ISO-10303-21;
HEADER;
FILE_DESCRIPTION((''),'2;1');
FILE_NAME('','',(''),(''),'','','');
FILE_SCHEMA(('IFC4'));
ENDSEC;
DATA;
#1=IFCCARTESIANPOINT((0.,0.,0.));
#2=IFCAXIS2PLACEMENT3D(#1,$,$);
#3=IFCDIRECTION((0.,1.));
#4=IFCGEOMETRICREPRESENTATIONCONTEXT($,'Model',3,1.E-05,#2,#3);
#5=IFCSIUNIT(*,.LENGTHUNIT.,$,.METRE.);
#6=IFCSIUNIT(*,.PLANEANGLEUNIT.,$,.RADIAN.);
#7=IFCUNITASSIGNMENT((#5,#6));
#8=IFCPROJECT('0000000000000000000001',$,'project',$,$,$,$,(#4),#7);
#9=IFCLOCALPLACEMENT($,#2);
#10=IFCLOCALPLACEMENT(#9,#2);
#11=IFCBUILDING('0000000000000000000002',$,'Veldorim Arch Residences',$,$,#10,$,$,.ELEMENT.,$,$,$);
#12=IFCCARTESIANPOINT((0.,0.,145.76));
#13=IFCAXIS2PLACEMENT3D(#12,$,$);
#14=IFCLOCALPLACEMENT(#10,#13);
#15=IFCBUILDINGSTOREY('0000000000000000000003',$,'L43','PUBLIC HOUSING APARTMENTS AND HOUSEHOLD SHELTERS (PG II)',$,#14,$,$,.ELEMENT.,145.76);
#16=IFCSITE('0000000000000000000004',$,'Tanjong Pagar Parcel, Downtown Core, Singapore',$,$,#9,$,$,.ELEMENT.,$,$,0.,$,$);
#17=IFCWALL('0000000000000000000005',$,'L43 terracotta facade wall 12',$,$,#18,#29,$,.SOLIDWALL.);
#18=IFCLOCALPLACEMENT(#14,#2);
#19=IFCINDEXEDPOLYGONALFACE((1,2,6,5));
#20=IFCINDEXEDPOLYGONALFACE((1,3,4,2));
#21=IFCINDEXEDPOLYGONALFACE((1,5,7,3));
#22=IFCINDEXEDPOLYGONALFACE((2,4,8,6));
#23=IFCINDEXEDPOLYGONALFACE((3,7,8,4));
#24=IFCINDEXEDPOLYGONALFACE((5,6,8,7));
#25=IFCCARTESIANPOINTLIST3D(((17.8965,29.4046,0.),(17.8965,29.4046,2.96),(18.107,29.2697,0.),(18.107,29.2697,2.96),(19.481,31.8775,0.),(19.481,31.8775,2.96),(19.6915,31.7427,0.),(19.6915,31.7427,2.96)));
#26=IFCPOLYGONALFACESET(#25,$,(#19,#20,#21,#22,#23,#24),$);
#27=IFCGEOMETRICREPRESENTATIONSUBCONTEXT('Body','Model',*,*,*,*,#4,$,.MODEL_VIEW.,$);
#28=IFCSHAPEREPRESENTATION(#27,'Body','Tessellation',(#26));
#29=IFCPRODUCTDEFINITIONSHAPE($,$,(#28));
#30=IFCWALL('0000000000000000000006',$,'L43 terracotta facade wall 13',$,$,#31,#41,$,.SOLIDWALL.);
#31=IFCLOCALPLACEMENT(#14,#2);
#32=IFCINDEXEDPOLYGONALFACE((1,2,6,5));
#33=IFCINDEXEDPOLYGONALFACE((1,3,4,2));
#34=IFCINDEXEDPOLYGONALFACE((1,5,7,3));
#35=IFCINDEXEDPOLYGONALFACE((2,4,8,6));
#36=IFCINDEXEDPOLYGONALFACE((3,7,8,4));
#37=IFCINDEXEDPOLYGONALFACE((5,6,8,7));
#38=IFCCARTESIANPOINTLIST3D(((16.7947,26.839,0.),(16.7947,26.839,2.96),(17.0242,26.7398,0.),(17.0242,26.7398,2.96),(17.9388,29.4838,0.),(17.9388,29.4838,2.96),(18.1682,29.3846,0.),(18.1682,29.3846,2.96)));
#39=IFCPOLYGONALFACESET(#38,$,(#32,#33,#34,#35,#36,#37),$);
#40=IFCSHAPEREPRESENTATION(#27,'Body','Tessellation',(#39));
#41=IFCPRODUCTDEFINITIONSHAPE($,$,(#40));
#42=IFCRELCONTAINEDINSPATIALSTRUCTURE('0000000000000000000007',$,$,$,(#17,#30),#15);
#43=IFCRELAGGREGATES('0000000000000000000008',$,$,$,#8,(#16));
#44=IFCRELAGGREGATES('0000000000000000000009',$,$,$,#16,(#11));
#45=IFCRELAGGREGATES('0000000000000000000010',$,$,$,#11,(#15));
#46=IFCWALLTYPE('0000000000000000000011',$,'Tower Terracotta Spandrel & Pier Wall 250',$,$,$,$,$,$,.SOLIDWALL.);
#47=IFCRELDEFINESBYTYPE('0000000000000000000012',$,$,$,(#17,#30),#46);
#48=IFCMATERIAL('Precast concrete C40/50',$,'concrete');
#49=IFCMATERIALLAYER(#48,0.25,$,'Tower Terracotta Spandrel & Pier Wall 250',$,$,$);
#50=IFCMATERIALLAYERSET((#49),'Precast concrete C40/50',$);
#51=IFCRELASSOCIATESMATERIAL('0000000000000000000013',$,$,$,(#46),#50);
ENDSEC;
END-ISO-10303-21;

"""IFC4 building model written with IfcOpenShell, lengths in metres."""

from ifc_helpers import new_model, si_unit, direction, frame, frame_2d, origin, place, context, subcontext, project, spatial, rectangle, extrude, material, layer, layer_set, type_object, element, save


model = new_model("IFC4")

# Units and contexts
model_context = context("Model", 3, precision=1e-05, world=origin(), true_north=direction((0.0, 1.0)))
body_context = subcontext(model_context, "Body", "Model", "MODEL_VIEW")
ifc_project = project(units=[si_unit("LENGTHUNIT", "METRE"), si_unit("PLANEANGLEUNIT", "RADIAN")], contexts=[model_context])

# Site, building, storey
site_placement = place(None, origin())
site = spatial("IfcSite", under=ifc_project, at=site_placement, Name="Tanjong Pagar Parcel, Downtown Core, Singapore", CompositionType="ELEMENT", RefElevation=0.0)
building_placement = place(site_placement, origin())
building = spatial("IfcBuilding", under=site, at=building_placement, Name="Veldorim Arch Residences", CompositionType="ELEMENT")
storey_placement = place(building_placement, frame((0.0, 0.0, 145.76)))
storey = spatial("IfcBuildingStorey", under=building, at=storey_placement, Name="L43", Description="PUBLIC HOUSING APARTMENTS AND HOUSEHOLD SHELTERS (PG II)", CompositionType="ELEMENT", Elevation=145.76)

# Walls
ifc_material_1 = material(Name="Precast concrete C40/50", Category="concrete")
ifc_layer_1 = layer(ifc_material_1, 0.25, Name="Tower Terracotta Spandrel & Pier Wall 250")
ifc_layer_set_1 = layer_set([ifc_layer_1], Name="Precast concrete C40/50")
wall_type_1 = type_object("IfcWallType", Name="Tower Terracotta Spandrel & Pier Wall 250", PredefinedType="SOLIDWALL", material=ifc_layer_set_1)
wall_1_placement = place(storey_placement, frame((18.0017, 29.3372, 0.0), z_axis=(0.0, 0.0, 1.0), x_axis=(0.539492, 0.84199, 0.0)))
element("IfcWall", 1, at=wall_1_placement, inside=storey, type_object=wall_type_1, Name="L43 terracotta facade wall 12", PredefinedType="SOLIDWALL", context=body_context, shape_type="SweptSolid", body=[
    extrude(rectangle(XDim=2.937, YDim=0.25, at=frame_2d((1.4685, 0.0))), origin(), (0.0, 0.0, 1.0), 2.96),
])
wall_2_placement = place(storey_placement, frame((16.9094, 26.7893, 0.0), z_axis=(0.0, 0.0, 1.0), x_axis=(0.397015, 0.917812, 0.0)))
element("IfcWall", 2, at=wall_2_placement, inside=storey, type_object=wall_type_1, Name="L43 terracotta facade wall 13", PredefinedType="SOLIDWALL", context=body_context, shape_type="SweptSolid", body=[
    extrude(rectangle(XDim=2.8816, YDim=0.25, at=frame_2d((1.4409, 0.0))), origin(), (0.0, 0.0, 1.0), 2.96),
])

save(model, "model.ifc")
